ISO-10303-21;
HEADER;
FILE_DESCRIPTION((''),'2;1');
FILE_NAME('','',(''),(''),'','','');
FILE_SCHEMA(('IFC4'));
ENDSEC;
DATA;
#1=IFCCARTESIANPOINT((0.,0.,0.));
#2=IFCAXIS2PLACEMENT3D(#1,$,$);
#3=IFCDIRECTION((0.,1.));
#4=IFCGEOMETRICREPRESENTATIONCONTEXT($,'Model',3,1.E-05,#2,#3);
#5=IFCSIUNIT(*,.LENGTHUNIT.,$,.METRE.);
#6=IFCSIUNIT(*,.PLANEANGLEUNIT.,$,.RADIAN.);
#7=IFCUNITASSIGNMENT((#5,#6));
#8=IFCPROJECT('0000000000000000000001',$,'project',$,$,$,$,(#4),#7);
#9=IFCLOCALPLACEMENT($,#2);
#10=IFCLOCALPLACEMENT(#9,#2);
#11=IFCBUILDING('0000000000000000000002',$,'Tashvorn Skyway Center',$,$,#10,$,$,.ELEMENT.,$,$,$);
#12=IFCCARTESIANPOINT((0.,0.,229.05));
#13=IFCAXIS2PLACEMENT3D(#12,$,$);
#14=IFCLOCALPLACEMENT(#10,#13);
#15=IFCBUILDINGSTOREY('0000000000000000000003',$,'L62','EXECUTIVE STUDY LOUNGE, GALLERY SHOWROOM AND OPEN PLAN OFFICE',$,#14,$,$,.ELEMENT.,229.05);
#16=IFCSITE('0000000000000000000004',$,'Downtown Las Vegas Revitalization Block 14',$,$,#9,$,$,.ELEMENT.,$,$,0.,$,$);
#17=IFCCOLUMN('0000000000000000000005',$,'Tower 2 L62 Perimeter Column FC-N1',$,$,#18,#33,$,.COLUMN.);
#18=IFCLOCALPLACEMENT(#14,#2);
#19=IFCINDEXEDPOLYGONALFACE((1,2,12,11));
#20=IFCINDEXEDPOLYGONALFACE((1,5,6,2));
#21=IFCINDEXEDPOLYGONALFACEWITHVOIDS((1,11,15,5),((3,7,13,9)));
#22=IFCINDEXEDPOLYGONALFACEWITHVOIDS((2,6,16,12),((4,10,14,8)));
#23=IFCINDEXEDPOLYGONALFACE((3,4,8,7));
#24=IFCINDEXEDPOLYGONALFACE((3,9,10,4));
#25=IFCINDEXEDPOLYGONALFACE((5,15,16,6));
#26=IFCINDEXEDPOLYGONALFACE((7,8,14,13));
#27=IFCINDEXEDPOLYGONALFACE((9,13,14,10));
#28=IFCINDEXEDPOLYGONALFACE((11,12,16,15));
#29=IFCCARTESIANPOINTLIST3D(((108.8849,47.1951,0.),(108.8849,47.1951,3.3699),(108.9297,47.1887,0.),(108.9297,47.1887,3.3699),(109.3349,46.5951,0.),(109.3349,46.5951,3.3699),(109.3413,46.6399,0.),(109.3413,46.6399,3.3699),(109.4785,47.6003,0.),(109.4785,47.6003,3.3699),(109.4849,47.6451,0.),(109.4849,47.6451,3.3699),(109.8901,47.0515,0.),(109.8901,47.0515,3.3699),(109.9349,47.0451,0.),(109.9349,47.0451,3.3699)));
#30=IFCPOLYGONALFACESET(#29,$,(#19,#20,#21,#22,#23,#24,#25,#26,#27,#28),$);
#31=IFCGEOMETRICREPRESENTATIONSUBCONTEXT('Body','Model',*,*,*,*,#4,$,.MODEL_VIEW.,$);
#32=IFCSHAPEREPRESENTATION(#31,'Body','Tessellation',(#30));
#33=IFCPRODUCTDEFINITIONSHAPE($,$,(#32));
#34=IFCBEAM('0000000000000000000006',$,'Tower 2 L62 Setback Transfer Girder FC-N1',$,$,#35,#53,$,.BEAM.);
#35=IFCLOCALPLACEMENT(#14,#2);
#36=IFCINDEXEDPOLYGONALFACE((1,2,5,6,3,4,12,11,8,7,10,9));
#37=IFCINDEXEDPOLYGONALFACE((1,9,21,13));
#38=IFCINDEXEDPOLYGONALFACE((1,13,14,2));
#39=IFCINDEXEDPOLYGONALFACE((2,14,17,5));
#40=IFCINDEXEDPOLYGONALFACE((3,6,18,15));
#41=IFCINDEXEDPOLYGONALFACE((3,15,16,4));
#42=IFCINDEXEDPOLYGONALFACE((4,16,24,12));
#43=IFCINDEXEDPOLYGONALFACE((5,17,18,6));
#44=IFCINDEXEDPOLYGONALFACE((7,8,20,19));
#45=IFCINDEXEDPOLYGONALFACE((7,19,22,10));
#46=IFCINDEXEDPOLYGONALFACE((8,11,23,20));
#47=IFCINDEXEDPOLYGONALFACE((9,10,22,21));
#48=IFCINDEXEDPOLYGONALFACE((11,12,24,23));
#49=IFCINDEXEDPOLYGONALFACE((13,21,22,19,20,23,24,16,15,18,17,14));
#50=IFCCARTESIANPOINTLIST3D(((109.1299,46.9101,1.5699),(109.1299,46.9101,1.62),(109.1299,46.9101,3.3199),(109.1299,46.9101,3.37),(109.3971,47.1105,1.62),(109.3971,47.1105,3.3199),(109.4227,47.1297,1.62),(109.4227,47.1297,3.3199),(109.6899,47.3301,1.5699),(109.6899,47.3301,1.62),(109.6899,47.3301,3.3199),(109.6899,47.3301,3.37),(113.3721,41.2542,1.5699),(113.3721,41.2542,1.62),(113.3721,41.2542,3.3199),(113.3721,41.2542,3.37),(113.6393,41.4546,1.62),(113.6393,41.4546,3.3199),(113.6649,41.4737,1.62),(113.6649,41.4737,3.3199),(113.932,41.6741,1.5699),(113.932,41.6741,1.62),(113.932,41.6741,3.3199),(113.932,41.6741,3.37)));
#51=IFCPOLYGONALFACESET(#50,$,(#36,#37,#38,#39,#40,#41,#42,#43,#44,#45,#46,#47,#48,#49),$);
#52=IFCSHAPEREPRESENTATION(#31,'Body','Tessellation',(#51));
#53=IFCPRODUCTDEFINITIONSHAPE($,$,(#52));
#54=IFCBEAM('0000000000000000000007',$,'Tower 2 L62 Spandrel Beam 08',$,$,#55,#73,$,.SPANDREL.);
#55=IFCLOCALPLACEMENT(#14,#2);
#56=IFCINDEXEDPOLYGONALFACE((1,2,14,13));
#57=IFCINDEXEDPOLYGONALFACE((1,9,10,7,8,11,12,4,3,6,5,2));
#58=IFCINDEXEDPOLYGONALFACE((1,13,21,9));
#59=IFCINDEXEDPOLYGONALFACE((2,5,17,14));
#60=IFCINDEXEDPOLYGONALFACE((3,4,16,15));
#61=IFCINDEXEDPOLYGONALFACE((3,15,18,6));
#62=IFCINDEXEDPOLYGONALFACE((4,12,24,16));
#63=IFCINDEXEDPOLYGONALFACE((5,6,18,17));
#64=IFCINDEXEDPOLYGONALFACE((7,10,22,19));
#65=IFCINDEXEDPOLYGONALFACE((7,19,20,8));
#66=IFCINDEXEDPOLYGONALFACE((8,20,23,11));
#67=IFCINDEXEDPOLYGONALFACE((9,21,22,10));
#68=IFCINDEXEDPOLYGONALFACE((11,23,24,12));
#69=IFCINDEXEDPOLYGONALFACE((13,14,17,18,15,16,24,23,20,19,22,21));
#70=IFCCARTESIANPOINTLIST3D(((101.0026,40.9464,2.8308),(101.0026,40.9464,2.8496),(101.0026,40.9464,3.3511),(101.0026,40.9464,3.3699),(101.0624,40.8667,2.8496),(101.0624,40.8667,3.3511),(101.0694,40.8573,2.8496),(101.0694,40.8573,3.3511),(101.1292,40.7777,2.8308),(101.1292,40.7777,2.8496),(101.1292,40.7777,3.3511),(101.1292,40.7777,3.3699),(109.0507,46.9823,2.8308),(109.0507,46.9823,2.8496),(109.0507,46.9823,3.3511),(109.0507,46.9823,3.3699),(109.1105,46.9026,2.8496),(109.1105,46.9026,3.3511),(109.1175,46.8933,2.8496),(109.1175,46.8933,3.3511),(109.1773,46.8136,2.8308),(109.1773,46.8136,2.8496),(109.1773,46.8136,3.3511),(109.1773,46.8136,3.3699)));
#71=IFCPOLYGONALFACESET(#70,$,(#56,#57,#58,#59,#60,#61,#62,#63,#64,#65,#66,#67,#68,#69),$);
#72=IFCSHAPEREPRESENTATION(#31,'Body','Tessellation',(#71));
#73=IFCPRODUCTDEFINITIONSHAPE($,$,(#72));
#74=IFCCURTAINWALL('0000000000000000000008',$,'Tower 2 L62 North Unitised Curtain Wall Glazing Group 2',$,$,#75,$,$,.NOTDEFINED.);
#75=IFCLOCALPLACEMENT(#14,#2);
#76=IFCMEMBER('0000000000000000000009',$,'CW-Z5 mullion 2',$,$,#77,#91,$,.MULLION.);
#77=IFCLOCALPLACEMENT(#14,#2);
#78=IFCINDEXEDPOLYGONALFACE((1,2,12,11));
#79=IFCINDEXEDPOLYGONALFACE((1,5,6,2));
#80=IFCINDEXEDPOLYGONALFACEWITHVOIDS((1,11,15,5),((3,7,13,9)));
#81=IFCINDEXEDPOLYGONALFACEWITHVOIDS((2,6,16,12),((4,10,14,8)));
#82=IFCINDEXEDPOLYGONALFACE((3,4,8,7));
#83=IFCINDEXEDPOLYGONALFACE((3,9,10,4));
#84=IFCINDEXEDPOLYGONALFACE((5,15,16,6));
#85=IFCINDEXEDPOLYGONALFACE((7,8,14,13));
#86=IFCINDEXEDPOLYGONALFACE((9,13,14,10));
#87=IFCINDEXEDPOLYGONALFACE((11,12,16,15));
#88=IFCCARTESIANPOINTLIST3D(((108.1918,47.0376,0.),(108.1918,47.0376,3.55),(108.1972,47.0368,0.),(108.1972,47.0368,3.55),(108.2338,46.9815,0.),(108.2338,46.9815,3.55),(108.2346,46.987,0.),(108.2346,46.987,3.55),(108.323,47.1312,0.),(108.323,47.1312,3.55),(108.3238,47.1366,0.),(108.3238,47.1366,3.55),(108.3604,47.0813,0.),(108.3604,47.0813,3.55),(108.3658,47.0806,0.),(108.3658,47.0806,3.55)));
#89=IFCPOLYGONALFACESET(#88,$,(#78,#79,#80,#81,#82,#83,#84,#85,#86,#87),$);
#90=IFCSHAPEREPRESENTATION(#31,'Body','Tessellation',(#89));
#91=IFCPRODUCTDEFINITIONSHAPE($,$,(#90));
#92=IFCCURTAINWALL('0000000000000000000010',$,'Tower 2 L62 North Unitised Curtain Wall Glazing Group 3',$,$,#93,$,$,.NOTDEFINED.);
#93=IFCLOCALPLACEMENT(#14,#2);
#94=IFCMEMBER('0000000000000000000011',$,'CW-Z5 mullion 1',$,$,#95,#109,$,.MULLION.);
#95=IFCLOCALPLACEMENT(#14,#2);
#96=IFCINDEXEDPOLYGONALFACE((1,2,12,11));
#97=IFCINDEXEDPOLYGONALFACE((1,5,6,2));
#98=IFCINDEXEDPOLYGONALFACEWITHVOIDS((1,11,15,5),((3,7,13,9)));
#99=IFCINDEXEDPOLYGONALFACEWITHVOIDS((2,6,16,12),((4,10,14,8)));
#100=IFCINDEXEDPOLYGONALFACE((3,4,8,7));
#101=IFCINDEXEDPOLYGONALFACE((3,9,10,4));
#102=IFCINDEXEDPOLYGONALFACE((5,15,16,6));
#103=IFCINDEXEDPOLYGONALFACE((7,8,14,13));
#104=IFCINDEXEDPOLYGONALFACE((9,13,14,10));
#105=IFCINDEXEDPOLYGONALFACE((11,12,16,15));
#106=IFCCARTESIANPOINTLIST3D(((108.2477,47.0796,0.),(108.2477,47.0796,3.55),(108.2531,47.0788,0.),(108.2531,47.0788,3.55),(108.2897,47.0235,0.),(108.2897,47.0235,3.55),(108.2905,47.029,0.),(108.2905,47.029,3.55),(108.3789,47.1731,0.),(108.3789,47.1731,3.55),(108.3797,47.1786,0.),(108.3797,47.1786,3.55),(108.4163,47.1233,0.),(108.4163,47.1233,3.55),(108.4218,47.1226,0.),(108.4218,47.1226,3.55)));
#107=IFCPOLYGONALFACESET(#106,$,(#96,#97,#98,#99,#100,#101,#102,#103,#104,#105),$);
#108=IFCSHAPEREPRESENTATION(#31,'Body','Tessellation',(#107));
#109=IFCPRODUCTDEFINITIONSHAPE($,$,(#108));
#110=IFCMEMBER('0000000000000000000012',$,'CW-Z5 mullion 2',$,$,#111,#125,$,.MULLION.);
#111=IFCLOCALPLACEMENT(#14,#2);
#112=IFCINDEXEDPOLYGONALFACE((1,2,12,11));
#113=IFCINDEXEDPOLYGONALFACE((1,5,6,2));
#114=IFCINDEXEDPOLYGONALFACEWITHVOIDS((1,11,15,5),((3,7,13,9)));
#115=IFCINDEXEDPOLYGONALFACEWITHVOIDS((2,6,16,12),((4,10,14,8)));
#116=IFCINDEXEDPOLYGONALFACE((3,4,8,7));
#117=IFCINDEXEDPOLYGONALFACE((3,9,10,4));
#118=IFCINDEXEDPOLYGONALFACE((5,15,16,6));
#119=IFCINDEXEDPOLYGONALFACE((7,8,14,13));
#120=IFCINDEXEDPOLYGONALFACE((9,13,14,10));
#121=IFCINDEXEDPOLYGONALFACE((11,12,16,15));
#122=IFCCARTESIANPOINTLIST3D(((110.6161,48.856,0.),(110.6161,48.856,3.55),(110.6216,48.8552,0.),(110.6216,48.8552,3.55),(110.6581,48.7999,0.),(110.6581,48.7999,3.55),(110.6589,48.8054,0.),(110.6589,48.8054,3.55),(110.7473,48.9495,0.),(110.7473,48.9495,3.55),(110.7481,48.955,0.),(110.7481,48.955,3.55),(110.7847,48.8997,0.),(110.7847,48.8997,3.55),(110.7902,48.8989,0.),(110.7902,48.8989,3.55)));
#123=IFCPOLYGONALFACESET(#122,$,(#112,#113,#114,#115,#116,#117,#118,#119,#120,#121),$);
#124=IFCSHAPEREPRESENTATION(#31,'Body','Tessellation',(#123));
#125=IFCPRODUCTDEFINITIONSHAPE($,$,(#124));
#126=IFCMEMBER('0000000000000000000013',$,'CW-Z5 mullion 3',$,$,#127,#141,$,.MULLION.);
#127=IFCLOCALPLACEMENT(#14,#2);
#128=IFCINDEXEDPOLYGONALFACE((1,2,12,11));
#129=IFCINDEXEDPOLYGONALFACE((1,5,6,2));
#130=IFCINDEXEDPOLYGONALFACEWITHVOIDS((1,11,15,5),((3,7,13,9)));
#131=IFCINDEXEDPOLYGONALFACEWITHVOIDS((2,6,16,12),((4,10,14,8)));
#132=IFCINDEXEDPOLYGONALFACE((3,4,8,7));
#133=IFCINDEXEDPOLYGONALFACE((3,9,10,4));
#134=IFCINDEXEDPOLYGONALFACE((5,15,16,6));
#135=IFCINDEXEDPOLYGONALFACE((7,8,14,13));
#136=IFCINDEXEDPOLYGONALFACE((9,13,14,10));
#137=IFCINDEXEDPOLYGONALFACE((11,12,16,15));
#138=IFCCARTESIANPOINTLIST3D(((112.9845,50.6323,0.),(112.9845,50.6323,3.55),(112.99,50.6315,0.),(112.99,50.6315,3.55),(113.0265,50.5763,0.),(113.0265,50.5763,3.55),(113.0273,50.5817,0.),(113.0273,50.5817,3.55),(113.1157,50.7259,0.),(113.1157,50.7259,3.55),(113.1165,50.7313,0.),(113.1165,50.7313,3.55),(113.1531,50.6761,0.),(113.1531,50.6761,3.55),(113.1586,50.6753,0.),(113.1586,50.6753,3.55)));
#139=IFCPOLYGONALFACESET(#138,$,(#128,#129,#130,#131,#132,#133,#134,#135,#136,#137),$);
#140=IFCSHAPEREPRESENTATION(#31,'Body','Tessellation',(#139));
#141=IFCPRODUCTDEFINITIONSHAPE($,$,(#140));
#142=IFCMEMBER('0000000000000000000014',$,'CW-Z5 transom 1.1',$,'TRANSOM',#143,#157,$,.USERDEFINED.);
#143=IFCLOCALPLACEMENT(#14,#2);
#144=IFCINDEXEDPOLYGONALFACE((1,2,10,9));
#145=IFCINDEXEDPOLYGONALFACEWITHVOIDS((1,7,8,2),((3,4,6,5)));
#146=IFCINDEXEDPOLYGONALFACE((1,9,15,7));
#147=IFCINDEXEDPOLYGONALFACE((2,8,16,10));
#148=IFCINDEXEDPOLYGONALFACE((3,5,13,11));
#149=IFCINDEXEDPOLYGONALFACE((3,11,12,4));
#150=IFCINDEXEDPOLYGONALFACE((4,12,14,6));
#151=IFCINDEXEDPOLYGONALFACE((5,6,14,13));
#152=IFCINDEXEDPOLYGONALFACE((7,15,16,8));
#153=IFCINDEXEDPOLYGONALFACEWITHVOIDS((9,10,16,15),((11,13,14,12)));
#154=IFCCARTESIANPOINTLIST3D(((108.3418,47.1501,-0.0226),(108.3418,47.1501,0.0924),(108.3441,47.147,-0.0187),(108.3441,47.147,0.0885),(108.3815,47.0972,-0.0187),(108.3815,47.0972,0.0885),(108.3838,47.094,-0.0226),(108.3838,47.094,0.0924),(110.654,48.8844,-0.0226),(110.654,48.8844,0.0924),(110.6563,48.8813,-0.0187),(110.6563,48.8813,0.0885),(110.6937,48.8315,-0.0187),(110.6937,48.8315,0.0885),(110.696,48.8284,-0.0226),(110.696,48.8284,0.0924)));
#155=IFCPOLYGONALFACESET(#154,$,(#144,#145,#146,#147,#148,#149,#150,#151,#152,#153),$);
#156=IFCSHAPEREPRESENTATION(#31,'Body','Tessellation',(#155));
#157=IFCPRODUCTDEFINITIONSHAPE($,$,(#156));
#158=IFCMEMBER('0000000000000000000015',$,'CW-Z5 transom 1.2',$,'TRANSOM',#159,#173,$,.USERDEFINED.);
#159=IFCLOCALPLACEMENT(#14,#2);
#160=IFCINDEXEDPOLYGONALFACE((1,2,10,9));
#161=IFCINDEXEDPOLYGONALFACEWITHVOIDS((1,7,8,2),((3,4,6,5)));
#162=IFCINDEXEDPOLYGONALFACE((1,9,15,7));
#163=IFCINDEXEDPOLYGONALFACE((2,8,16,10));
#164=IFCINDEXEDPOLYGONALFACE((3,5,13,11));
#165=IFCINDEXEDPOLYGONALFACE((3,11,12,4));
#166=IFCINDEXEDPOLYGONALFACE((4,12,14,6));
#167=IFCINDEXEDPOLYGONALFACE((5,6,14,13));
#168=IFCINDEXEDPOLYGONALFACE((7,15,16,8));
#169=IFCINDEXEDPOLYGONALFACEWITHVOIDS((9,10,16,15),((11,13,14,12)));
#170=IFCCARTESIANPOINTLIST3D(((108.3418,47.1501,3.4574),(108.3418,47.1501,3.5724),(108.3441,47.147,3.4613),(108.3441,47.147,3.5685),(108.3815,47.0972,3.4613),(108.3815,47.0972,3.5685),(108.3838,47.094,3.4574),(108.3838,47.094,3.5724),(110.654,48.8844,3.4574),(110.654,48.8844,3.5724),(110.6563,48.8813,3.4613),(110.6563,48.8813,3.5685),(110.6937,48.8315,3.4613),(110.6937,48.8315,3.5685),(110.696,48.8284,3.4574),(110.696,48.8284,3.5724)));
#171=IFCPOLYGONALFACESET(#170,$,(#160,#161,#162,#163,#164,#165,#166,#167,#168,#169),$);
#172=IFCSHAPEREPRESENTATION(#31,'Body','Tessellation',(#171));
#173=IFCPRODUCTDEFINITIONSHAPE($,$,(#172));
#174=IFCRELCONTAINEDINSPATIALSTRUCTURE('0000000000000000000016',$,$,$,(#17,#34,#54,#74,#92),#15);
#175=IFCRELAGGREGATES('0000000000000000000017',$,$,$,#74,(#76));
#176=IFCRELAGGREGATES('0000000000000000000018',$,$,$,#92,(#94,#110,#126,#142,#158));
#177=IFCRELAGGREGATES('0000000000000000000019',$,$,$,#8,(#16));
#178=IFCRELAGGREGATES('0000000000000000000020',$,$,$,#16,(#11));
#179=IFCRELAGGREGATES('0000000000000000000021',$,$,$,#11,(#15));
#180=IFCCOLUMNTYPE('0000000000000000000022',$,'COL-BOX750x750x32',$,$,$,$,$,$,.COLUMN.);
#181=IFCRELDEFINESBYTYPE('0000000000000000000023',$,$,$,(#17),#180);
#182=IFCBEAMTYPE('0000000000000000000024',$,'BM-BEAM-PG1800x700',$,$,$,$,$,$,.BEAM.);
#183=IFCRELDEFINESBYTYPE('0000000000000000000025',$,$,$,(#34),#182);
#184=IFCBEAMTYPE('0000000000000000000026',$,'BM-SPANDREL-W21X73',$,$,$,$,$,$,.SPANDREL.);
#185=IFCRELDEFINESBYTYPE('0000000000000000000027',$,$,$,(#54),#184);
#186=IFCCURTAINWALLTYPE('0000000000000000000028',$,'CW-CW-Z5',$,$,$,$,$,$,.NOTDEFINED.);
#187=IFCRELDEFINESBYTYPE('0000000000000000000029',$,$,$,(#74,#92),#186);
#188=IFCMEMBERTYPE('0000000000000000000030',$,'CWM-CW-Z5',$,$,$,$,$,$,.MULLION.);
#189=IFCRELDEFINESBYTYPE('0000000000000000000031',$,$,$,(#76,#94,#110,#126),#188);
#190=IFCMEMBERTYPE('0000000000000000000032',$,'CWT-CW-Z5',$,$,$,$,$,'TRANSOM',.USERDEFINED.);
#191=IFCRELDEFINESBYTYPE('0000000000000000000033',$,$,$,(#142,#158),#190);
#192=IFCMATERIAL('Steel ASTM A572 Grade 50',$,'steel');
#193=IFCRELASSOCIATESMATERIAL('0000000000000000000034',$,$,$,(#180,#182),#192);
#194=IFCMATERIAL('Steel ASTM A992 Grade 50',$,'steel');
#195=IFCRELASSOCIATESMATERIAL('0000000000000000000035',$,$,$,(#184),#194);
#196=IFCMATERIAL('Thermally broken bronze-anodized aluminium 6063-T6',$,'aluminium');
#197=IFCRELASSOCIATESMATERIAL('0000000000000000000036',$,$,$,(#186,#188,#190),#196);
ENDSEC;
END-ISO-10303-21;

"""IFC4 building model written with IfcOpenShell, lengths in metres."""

from ifc_helpers import new_model, si_unit, direction, frame, origin, origin_2d, place, context, subcontext, project, spatial, hollow_rectangle, i_section, extrude, material, material_profile, profile_set, type_object, element, aggregate, save


model = new_model("IFC4")

# Units and contexts
model_context = context("Model", 3, precision=1e-05, world=origin(), true_north=direction((0.0, 1.0)))
body_context = subcontext(model_context, "Body", "Model", "MODEL_VIEW")
ifc_project = project(units=[si_unit("LENGTHUNIT", "METRE"), si_unit("PLANEANGLEUNIT", "RADIAN")], contexts=[model_context])

# Site, building, storey
site_placement = place(None, origin())
site = spatial("IfcSite", under=ifc_project, at=site_placement, Name="Downtown Las Vegas Revitalization Block 14", CompositionType="ELEMENT", RefElevation=0.0)
building_placement = place(site_placement, origin())
building = spatial("IfcBuilding", under=site, at=building_placement, Name="Tashvorn Skyway Center", CompositionType="ELEMENT")
storey_placement = place(building_placement, frame((0.0, 0.0, 229.05)))
storey = spatial("IfcBuildingStorey", under=building, at=storey_placement, Name="L62", Description="EXECUTIVE STUDY LOUNGE, GALLERY SHOWROOM AND OPEN PLAN OFFICE", CompositionType="ELEMENT", Elevation=229.05)

# Column
ifc_material_1 = material(Name="Steel ASTM A572 Grade 50", Category="steel")
ifc_material_profile_1 = material_profile(ifc_material_1, hollow_rectangle(XDim=0.75, YDim=0.75, WallThickness=0.032, at=origin_2d()), Name="BOX750x750x32")
ifc_profile_set_1 = profile_set([ifc_material_profile_1], Name="Steel ASTM A572 Grade 50")
column_type = type_object("IfcColumnType", Name="COL-BOX750x750x32", PredefinedType="COLUMN", material=ifc_profile_set_1)
column_placement = place(storey_placement, frame((109.4099, 47.1201, 0.0), z_axis=(0.0, 0.0, 1.0), x_axis=(0.8, 0.6, 0.0)))
element("IfcColumn", 1, at=column_placement, inside=storey, type_object=column_type, Name="Tower 2 L62 Perimeter Column FC-N1", PredefinedType="COLUMN", context=body_context, shape_type="SweptSolid", body=[
    extrude(hollow_rectangle(XDim=0.75, YDim=0.75, WallThickness=0.032, at=origin_2d()), origin(), (0.0, 0.0, 1.0), 3.3699),
])

# Beams
ifc_material_profile_2 = material_profile(ifc_material_1, i_section(OverallWidth=0.7, OverallDepth=1.8, WebThickness=0.032, FlangeThickness=0.05, at=origin_2d()), Name="PG1800x700")
ifc_profile_set_2 = profile_set([ifc_material_profile_2], Name="Steel ASTM A572 Grade 50")
beam_type_1 = type_object("IfcBeamType", Name="BM-BEAM-PG1800x700", PredefinedType="BEAM", material=ifc_profile_set_2)
beam_1_placement = place(storey_placement, frame((109.4099, 47.1201, 2.47), z_axis=(0.600017, -0.799988, 0.0), x_axis=(0.799988, 0.600017, 0.0)))
element("IfcBeam", 2, at=beam_1_placement, inside=storey, type_object=beam_type_1, Name="Tower 2 L62 Setback Transfer Girder FC-N1", PredefinedType="BEAM", context=body_context, shape_type="SweptSolid", body=[
    extrude(i_section(OverallWidth=0.7, OverallDepth=1.8, WebThickness=0.032, FlangeThickness=0.05, at=origin_2d()), origin(), (0.0, 0.0, 1.0), 7.0701),
])
ifc_material_2 = material(Name="Steel ASTM A992 Grade 50", Category="steel")
ifc_material_profile_3 = material_profile(ifc_material_2, i_section(OverallWidth=0.2109, OverallDepth=0.5391, WebThickness=0.0117, FlangeThickness=0.0188, at=origin_2d()), Name="W21X73")
ifc_profile_set_3 = profile_set([ifc_material_profile_3], Name="Steel ASTM A992 Grade 50")
beam_type_2 = type_object("IfcBeamType", Name="BM-SPANDREL-W21X73", PredefinedType="SPANDREL", material=ifc_profile_set_3)
beam_2_placement = place(storey_placement, frame((109.114, 46.8979, 3.1003), z_axis=(-0.800009, -0.599988, 0.0), x_axis=(0.599988, -0.800009, 0.0)))
element("IfcBeam", 3, at=beam_2_placement, inside=storey, type_object=beam_type_2, Name="Tower 2 L62 Spandrel Beam 08", PredefinedType="SPANDREL", context=body_context, shape_type="SweptSolid", body=[
    extrude(i_section(OverallWidth=0.2109, OverallDepth=0.5391, WebThickness=0.0117, FlangeThickness=0.0188, at=origin_2d()), origin(), (0.0, 0.0, 1.0), 10.0601),
])

# Curtain wall, member
ifc_material_3 = material(Name="Thermally broken bronze-anodized aluminium 6063-T6", Category="aluminium")
curtain_wall_type = type_object("IfcCurtainWallType", Name="CW-CW-Z5", PredefinedType="NOTDEFINED", material=ifc_material_3)
curtain_wall_1_placement = place(storey_placement, origin())
curtain_wall_1 = element("IfcCurtainWall", 4, at=curtain_wall_1_placement, inside=storey, type_object=curtain_wall_type, Name="Tower 2 L62 North Unitised Curtain Wall Glazing Group 2", PredefinedType="NOTDEFINED")
ifc_material_profile_4 = material_profile(ifc_material_3, hollow_rectangle(XDim=0.0701, YDim=0.165, WallThickness=0.0039, at=origin_2d()), Name="ALU-MULL-70x165")
ifc_profile_set_4 = profile_set([ifc_material_profile_4], Name="Thermally broken bronze-anodized aluminium 6063-T6")
member_type_1 = type_object("IfcMemberType", Name="CWM-CW-Z5", PredefinedType="MULLION", material=ifc_profile_set_4)
member_1_placement = place(storey_placement, frame((108.2788, 47.0591, 0.0), z_axis=(0.0, 0.0, 1.0), x_axis=(-0.599996, 0.800003, 0.0)))
member_1 = element("IfcMember", 5, at=member_1_placement, type_object=member_type_1, Name="CW-Z5 mullion 2", PredefinedType="MULLION", context=body_context, shape_type="SweptSolid", body=[
    extrude(hollow_rectangle(XDim=0.0701, YDim=0.165, WallThickness=0.0039, at=origin_2d()), origin(), (0.0, 0.0, 1.0), 3.55),
])
aggregate(curtain_wall_1, [member_1])

# Curtain wall, members
curtain_wall_2_placement = place(storey_placement, origin())
curtain_wall_2 = element("IfcCurtainWall", 6, at=curtain_wall_2_placement, inside=storey, type_object=curtain_wall_type, Name="Tower 2 L62 North Unitised Curtain Wall Glazing Group 3", PredefinedType="NOTDEFINED")
member_2_placement = place(storey_placement, frame((108.3347, 47.1011, 0.0), z_axis=(0.0, 0.0, 1.0), x_axis=(-0.600003, 0.799998, 0.0)))
member_2 = element("IfcMember", 7, at=member_2_placement, type_object=member_type_1, Name="CW-Z5 mullion 1", PredefinedType="MULLION", context=body_context, shape_type="SweptSolid", body=[
    extrude(hollow_rectangle(XDim=0.0701, YDim=0.165, WallThickness=0.0039, at=origin_2d()), origin(), (0.0, 0.0, 1.0), 3.55),
])
member_3_placement = place(storey_placement, frame((110.7031, 48.8774, 0.0), z_axis=(0.0, 0.0, 1.0), x_axis=(-0.600003, 0.799998, 0.0)))
member_3 = element("IfcMember", 8, at=member_3_placement, type_object=member_type_1, Name="CW-Z5 mullion 2", PredefinedType="MULLION", context=body_context, shape_type="SweptSolid", body=[
    extrude(hollow_rectangle(XDim=0.0701, YDim=0.165, WallThickness=0.0039, at=origin_2d()), origin(), (0.0, 0.0, 1.0), 3.55),
])
member_4_placement = place(storey_placement, frame((113.0715, 50.6538, 0.0), z_axis=(0.0, 0.0, 1.0), x_axis=(-0.600003, 0.799998, 0.0)))
member_4 = element("IfcMember", 9, at=member_4_placement, type_object=member_type_1, Name="CW-Z5 mullion 3", PredefinedType="MULLION", context=body_context, shape_type="SweptSolid", body=[
    extrude(hollow_rectangle(XDim=0.0701, YDim=0.165, WallThickness=0.0039, at=origin_2d()), origin(), (0.0, 0.0, 1.0), 3.55),
])
ifc_material_profile_5 = material_profile(ifc_material_3, hollow_rectangle(XDim=0.0701, YDim=0.115, WallThickness=0.0039, at=origin_2d()), Name="ALU-TRAN-70x115")
ifc_profile_set_5 = profile_set([ifc_material_profile_5], Name="Thermally broken bronze-anodized aluminium 6063-T6")
member_type_2 = type_object("IfcMemberType", Name="CWT-CW-Z5", ElementType="TRANSOM", PredefinedType="USERDEFINED", material=ifc_profile_set_5)
member_5_placement = place(storey_placement, frame((108.3628, 47.1221, 0.0349), z_axis=(0.79997, 0.600041, 0.0), x_axis=(-0.600041, 0.79997, 0.0)))
member_5 = element("IfcMember", 10, at=member_5_placement, type_object=member_type_2, Name="CW-Z5 transom 1.1", ObjectType="TRANSOM", PredefinedType="USERDEFINED", context=body_context, shape_type="SweptSolid", body=[
    extrude(hollow_rectangle(XDim=0.0701, YDim=0.115, WallThickness=0.0039, at=origin_2d()), origin(), (0.0, 0.0, 1.0), 2.8904),
])
member_6_placement = place(storey_placement, frame((108.3628, 47.1221, 3.5149), z_axis=(0.79997, 0.600041, 0.0), x_axis=(-0.600041, 0.79997, 0.0)))
member_6 = element("IfcMember", 11, at=member_6_placement, type_object=member_type_2, Name="CW-Z5 transom 1.2", ObjectType="TRANSOM", PredefinedType="USERDEFINED", context=body_context, shape_type="SweptSolid", body=[
    extrude(hollow_rectangle(XDim=0.0701, YDim=0.115, WallThickness=0.0039, at=origin_2d()), origin(), (0.0, 0.0, 1.0), 2.8904),
])
aggregate(curtain_wall_2, [member_2, member_3, member_4, member_5, member_6])

save(model, "model.ifc")
